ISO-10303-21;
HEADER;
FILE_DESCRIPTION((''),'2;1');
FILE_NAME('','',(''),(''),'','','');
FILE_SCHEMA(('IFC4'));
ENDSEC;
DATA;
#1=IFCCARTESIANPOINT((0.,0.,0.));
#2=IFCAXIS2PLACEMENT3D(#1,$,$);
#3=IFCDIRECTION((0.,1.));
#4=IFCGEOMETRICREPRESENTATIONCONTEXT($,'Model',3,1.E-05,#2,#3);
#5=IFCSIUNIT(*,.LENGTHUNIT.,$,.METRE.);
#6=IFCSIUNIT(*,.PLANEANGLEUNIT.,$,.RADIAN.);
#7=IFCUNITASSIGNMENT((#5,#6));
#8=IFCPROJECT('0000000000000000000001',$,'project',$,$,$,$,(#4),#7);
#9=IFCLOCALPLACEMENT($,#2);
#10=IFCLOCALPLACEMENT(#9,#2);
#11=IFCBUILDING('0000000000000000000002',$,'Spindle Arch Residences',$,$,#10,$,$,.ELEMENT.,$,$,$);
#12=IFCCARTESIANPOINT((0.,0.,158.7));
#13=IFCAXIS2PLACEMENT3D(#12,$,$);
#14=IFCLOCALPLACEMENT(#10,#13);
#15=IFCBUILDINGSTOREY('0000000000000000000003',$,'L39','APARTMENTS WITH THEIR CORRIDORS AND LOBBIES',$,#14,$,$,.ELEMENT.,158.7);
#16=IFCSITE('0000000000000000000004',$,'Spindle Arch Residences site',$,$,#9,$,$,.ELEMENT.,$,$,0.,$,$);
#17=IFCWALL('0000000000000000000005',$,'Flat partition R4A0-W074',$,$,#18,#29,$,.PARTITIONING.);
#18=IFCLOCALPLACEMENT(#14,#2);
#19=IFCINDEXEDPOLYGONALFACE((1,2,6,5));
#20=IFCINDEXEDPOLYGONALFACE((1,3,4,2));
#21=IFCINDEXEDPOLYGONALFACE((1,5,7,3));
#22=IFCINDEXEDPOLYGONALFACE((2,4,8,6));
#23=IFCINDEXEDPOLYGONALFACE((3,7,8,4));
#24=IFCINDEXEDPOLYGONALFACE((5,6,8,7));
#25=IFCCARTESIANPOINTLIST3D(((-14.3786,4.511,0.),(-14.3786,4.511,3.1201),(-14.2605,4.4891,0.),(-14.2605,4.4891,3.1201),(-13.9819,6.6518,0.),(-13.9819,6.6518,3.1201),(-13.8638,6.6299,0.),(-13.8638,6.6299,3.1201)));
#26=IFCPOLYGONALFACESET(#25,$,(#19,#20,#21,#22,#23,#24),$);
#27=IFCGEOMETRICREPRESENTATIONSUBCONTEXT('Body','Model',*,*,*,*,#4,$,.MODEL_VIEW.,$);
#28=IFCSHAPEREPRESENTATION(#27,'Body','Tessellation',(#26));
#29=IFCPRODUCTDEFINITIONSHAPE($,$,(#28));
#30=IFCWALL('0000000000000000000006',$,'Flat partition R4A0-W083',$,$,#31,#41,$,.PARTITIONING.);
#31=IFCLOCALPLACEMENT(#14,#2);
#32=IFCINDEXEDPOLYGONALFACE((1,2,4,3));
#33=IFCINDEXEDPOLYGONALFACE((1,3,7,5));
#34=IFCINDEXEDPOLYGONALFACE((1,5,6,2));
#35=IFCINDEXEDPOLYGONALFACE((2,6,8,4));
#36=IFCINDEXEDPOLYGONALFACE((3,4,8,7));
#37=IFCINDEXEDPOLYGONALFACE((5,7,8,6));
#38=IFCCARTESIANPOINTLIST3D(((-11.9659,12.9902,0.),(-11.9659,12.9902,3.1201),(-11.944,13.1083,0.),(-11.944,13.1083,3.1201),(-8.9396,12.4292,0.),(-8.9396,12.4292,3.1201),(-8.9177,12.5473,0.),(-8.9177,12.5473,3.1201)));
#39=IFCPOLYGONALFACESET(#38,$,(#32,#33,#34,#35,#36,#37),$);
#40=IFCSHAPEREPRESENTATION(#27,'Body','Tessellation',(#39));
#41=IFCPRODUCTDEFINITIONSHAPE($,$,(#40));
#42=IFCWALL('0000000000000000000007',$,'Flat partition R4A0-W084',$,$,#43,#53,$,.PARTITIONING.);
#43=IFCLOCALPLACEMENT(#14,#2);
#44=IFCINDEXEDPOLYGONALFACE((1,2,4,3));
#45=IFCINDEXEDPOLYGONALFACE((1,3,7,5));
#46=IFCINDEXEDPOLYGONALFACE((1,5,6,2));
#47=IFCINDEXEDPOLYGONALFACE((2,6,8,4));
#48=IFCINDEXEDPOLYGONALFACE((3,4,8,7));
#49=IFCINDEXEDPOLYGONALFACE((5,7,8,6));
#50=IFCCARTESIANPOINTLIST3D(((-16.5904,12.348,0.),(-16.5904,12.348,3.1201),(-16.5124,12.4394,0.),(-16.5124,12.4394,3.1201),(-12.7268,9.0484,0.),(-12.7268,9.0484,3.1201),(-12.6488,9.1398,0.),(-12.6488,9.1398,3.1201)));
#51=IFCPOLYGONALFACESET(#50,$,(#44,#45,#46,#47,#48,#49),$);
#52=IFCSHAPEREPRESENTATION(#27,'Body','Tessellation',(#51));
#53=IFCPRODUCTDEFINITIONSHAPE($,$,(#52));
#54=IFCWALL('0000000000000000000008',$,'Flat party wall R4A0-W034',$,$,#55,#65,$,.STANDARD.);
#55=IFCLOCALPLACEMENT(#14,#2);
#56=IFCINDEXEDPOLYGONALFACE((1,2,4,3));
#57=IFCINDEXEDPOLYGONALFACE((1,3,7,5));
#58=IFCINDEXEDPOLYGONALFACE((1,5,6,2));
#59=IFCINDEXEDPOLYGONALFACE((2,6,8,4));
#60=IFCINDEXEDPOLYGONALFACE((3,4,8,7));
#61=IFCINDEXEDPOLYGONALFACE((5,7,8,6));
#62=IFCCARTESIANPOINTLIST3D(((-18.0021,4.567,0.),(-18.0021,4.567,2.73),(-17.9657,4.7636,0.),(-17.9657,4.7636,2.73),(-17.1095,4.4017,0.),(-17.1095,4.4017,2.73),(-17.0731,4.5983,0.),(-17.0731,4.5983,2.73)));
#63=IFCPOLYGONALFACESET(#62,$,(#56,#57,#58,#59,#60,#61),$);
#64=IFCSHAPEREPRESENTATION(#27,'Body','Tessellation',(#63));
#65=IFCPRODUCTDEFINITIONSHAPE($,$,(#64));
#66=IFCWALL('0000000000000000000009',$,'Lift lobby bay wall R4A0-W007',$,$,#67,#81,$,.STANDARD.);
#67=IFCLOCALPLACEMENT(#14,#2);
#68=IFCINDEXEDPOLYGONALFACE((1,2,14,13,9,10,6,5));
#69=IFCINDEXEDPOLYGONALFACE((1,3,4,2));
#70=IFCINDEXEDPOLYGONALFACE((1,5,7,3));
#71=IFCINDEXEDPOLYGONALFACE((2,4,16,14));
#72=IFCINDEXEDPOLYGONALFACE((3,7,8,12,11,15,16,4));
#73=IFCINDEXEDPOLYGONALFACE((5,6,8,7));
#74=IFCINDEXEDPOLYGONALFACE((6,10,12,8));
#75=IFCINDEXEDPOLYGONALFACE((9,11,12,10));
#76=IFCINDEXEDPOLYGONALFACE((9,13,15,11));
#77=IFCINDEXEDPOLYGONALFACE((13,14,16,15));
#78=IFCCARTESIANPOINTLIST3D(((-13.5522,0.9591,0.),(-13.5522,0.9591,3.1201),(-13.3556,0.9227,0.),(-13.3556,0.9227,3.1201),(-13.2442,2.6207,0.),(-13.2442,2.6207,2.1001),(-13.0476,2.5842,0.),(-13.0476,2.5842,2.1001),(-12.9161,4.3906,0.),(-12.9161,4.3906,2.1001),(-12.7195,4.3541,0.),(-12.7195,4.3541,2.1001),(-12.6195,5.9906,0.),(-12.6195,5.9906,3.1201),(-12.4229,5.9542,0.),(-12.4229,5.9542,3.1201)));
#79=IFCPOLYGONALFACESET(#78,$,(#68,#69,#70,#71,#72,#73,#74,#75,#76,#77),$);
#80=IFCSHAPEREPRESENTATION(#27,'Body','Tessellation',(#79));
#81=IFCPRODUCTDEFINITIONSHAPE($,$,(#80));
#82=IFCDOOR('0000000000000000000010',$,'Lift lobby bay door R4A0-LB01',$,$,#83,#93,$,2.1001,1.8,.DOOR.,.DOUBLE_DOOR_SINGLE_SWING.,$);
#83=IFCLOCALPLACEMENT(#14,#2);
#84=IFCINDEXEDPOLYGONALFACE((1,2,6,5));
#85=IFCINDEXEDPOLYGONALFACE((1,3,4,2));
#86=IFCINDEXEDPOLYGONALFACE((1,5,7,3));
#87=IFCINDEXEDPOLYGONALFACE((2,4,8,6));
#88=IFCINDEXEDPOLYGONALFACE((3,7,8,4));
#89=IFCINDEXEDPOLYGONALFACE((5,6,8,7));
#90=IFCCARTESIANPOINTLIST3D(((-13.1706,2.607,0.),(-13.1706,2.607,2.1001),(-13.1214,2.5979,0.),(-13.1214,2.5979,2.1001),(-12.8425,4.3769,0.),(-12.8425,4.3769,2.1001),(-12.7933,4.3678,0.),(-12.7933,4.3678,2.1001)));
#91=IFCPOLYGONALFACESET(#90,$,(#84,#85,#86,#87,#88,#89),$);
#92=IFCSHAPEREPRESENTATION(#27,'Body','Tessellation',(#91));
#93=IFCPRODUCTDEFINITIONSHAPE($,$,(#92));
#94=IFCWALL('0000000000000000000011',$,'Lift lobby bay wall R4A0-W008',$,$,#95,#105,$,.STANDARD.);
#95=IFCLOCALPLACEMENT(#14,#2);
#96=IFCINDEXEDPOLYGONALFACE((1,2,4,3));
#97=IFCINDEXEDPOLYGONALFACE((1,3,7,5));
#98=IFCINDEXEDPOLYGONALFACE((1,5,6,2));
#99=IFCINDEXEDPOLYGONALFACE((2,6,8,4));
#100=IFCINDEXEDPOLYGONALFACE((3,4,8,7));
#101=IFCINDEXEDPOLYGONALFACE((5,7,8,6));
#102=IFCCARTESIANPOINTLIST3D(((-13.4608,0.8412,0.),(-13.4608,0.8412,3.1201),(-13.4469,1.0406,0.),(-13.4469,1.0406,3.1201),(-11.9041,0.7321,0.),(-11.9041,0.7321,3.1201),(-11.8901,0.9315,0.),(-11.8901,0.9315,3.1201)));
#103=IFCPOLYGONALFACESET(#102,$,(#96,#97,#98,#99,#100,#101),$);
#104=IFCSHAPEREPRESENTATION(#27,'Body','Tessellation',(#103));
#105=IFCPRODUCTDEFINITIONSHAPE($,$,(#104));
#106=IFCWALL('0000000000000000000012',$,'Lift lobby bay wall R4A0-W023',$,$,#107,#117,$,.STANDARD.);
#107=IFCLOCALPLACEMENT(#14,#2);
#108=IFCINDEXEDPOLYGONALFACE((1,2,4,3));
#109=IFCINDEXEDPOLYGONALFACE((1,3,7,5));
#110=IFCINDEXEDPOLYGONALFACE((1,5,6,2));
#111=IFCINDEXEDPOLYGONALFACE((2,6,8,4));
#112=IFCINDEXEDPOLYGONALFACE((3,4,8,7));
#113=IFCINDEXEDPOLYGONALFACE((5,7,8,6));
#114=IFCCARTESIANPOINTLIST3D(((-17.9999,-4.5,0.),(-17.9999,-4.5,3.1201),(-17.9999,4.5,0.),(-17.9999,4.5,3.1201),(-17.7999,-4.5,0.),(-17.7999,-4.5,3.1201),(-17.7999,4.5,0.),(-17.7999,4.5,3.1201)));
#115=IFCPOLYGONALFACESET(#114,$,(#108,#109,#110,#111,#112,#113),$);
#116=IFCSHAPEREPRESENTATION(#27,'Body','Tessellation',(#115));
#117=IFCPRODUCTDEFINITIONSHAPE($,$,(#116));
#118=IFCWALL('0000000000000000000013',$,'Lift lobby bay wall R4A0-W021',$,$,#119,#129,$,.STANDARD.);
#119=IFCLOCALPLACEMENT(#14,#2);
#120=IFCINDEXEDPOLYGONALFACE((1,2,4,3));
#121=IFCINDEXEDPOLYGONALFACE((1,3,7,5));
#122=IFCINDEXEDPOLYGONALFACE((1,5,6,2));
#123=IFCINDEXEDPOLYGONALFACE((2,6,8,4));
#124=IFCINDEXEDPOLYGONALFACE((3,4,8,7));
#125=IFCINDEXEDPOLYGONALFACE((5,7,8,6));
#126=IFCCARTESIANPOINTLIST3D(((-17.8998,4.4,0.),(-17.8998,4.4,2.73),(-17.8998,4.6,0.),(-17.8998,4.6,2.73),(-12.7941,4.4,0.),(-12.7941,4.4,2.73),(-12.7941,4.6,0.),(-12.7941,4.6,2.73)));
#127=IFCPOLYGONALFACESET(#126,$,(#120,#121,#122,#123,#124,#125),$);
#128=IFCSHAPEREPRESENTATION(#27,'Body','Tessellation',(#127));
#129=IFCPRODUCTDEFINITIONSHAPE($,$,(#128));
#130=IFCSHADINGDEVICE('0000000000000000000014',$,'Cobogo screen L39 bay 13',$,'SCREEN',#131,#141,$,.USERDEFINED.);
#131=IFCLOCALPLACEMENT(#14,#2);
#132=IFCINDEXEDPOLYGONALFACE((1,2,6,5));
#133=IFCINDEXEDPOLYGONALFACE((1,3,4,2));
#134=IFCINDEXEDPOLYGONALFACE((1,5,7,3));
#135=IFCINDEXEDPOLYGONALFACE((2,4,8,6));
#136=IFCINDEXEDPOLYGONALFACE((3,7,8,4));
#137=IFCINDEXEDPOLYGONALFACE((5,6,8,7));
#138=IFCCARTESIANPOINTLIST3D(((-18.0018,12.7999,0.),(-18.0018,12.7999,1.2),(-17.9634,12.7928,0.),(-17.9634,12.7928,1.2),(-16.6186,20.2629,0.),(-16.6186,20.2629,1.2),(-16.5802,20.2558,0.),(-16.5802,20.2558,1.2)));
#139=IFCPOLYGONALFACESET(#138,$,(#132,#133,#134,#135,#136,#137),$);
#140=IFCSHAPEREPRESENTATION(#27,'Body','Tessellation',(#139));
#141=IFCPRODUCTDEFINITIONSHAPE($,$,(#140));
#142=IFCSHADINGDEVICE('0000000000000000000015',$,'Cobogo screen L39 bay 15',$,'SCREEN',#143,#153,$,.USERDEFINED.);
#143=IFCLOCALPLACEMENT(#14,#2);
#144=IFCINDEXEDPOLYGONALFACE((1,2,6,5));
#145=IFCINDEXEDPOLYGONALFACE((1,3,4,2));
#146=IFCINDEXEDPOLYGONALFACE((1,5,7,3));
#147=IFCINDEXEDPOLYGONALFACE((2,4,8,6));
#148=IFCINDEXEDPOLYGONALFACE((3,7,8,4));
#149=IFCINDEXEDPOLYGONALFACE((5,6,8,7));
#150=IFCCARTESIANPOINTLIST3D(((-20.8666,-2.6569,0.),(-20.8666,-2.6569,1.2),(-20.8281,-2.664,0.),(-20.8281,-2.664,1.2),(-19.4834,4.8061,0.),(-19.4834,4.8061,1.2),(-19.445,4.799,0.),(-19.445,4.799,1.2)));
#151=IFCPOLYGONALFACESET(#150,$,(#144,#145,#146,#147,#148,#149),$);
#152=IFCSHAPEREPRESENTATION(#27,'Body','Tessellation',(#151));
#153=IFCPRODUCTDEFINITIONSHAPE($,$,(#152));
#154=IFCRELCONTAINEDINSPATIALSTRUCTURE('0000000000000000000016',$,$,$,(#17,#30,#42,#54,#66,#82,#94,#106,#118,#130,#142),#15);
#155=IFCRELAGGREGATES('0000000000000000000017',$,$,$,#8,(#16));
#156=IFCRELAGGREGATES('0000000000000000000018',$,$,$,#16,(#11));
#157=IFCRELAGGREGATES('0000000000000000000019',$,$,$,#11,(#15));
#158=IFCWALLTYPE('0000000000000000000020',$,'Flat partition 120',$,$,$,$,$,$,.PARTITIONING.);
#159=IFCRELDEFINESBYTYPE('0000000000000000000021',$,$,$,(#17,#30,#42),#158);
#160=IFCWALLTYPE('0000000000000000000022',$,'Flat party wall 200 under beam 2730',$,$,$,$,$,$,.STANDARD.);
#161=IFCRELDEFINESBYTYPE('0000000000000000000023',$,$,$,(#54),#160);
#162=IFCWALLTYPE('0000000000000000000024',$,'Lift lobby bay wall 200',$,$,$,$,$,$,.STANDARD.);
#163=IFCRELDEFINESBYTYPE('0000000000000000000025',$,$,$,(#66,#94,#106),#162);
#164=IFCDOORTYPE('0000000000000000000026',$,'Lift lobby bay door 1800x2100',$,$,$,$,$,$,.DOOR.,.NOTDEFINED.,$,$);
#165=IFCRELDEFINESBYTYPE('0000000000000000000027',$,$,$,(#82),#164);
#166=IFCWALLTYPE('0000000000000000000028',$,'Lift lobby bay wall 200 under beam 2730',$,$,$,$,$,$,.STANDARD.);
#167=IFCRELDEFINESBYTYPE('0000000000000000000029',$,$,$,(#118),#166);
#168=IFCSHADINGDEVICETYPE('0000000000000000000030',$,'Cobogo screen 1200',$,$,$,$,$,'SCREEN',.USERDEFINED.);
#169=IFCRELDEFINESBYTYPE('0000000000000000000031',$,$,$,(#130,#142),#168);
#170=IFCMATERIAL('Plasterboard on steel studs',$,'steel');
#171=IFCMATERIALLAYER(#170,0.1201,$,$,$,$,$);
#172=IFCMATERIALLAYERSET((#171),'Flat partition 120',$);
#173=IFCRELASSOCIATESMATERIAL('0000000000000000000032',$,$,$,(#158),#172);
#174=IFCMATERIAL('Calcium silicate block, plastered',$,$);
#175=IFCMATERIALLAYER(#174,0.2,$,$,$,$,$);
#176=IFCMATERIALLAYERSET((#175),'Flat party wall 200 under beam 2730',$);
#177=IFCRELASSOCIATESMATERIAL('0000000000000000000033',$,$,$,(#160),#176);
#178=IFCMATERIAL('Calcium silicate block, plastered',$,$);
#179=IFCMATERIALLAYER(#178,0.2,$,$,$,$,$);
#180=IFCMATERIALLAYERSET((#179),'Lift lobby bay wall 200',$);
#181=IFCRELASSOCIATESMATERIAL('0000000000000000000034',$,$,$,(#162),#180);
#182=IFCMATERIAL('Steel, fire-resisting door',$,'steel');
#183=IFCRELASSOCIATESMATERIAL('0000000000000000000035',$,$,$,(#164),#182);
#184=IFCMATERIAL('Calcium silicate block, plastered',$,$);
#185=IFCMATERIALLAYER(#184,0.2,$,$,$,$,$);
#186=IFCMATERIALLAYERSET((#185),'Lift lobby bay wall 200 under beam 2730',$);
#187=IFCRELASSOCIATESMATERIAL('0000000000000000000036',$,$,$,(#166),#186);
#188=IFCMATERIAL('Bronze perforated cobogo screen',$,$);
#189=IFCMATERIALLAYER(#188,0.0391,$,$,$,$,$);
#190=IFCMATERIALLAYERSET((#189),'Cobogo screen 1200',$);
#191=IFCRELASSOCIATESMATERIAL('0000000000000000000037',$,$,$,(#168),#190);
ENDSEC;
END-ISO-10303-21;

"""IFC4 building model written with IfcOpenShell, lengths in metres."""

from ifc_helpers import new_model, si_unit, direction, frame, frame_2d, origin, origin_2d, place, context, subcontext, project, spatial, rectangle, extrude, material, layer, layer_set, type_object, element, fill, save


model = new_model("IFC4")

# Units and contexts
model_context = context("Model", 3, precision=1e-05, world=origin(), true_north=direction((0.0, 1.0)))
body_context = subcontext(model_context, "Body", "Model", "MODEL_VIEW")
ifc_project = project(units=[si_unit("LENGTHUNIT", "METRE"), si_unit("PLANEANGLEUNIT", "RADIAN")], contexts=[model_context])

# Site, building, storey
site_placement = place(None, origin())
site = spatial("IfcSite", under=ifc_project, at=site_placement, Name="Spindle Arch Residences site", CompositionType="ELEMENT", RefElevation=0.0)
building_placement = place(site_placement, origin())
building = spatial("IfcBuilding", under=site, at=building_placement, Name="Spindle Arch Residences", CompositionType="ELEMENT")
storey_placement = place(building_placement, frame((0.0, 0.0, 158.7)))
storey = spatial("IfcBuildingStorey", under=building, at=storey_placement, Name="L39", Description="APARTMENTS WITH THEIR CORRIDORS AND LOBBIES", CompositionType="ELEMENT", Elevation=158.7)

# Walls
ifc_material_1 = material(Name="Plasterboard on steel studs", Category="steel")
ifc_layer_1 = layer(ifc_material_1, 0.1201)
ifc_layer_set_1 = layer_set([ifc_layer_1], Name="Flat partition 120")
wall_type_1 = type_object("IfcWallType", Name="Flat partition 120", PredefinedType="PARTITIONING", material=ifc_layer_set_1)
wall_1_placement = place(storey_placement, frame((-13.9229, 6.6409, 0.0), z_axis=(0.0, 0.0, 1.0), x_axis=(-0.18221, -0.98326, 0.0)))
element("IfcWall", 1, at=wall_1_placement, inside=storey, type_object=wall_type_1, Name="Flat partition R4A0-W074", PredefinedType="PARTITIONING", context=body_context, shape_type="SweptSolid", body=[
    extrude(rectangle(XDim=2.1772, YDim=0.1201, at=frame_2d((1.0886, 0.0))), origin(), (0.0, 0.0, 1.0), 3.1201),
])
wall_2_placement = place(storey_placement, frame((-11.9551, 13.0493, 0.0), z_axis=(0.0, 0.0, 1.0), x_axis=(0.983247, -0.182277, 0.0)))
element("IfcWall", 2, at=wall_2_placement, inside=storey, type_object=wall_type_1, Name="Flat partition R4A0-W083", PredefinedType="PARTITIONING", context=body_context, shape_type="SweptSolid", body=[
    extrude(rectangle(XDim=3.0779, YDim=0.1201, at=frame_2d((1.5391, 0.0))), origin(), (0.0, 0.0, 1.0), 3.1201),
])
wall_3_placement = place(storey_placement, frame((-16.5515, 12.3938, 0.0), z_axis=(0.0, 0.0, 1.0), x_axis=(0.760426, -0.649425, 0.0)))
element("IfcWall", 3, at=wall_3_placement, inside=storey, type_object=wall_type_1, Name="Flat partition R4A0-W084", PredefinedType="PARTITIONING", context=body_context, shape_type="SweptSolid", body=[
    extrude(rectangle(XDim=5.0808, YDim=0.1201, at=frame_2d((2.5405, 0.0))), origin(), (0.0, 0.0, 1.0), 3.1201),
])
ifc_material_2 = material(Name="Calcium silicate block, plastered")
ifc_layer_2 = layer(ifc_material_2, 0.2)
ifc_layer_set_2 = layer_set([ifc_layer_2], Name="Flat party wall 200 under beam 2730")
wall_type_2 = type_object("IfcWallType", Name="Flat party wall 200 under beam 2730", PredefinedType="STANDARD", material=ifc_layer_set_2)
wall_4_placement = place(storey_placement, frame((-17.9839, 4.6653, 0.0), z_axis=(0.0, 0.0, 1.0), x_axis=(0.983284, -0.18208, 0.0)))
element("IfcWall", 4, at=wall_4_placement, inside=storey, type_object=wall_type_2, Name="Flat party wall R4A0-W034", PredefinedType="STANDARD", context=body_context, shape_type="SweptSolid", body=[
    extrude(rectangle(XDim=0.9077, YDim=0.2, at=frame_2d((0.4539, 0.0))), origin(), (0.0, 0.0, 1.0), 2.73),
])

# Wall, opening, door
ifc_material_3 = material(Name="Calcium silicate block, plastered")
ifc_layer_3 = layer(ifc_material_3, 0.2)
ifc_layer_set_3 = layer_set([ifc_layer_3], Name="Lift lobby bay wall 200")
wall_type_3 = type_object("IfcWallType", Name="Lift lobby bay wall 200", PredefinedType="STANDARD", material=ifc_layer_set_3)
wall_5_placement = place(storey_placement, frame((-12.5212, 5.9724, 0.0), z_axis=(0.0, 0.0, 1.0), x_axis=(-0.182252, -0.983252, 0.0)))
wall_5 = element("IfcWall", 5, at=wall_5_placement, inside=storey, type_object=wall_type_3, Name="Lift lobby bay wall R4A0-W007", PredefinedType="STANDARD", context=body_context, shape_type="SweptSolid", body=[
    extrude(rectangle(XDim=5.1172, YDim=0.2, at=frame_2d((2.5586, 0.0))), origin(), (0.0, 0.0, 1.0), 3.1201),
])
opening_1_placement = place(wall_5_placement, frame((1.6274, 0.0, 0.0)))
opening_1 = element("IfcOpeningElement", 6, at=opening_1_placement, cuts=wall_5, PredefinedType="OPENING", context=body_context, shape_type="SweptSolid", body=[
    extrude(rectangle(XDim=1.8, YDim=2.1001, at=frame_2d((0.8999, 1.05))), frame((0.0, 0.1099, 0.0), z_axis=(0.0, -1.0, 0.0), x_axis=(1.0, 0.0, 0.0)), (0.0, 0.0, 1.0), 0.22),
])
ifc_material_4 = material(Name="Steel, fire-resisting door", Category="steel")
door_type_1 = type_object("IfcDoorType", Name="Lift lobby bay door 1800x2100", OperationType="NOTDEFINED", PredefinedType="DOOR", material=ifc_material_4)
door_1_placement = place(opening_1_placement, origin())
door_1 = element("IfcDoor", 7, at=door_1_placement, inside=storey, type_object=door_type_1, Name="Lift lobby bay door R4A0-LB01", OperationType="DOUBLE_DOOR_SINGLE_SWING", OverallHeight=2.1001, OverallWidth=1.8, PredefinedType="DOOR", context=body_context, shape_type="SweptSolid", body=[
    extrude(rectangle(XDim=1.8, YDim=2.1001, at=frame_2d((0.8999, 1.05))), frame((0.0, 0.0249, 0.0), z_axis=(0.0, -1.0, 0.0), x_axis=(1.0, 0.0, 0.0)), (0.0, 0.0, 1.0), 0.05),
])
fill(opening_1, door_1)

# Walls
wall_6_placement = place(storey_placement, frame((-13.4539, 0.9409, 0.0), z_axis=(0.0, 0.0, 1.0), x_axis=(0.997552, -0.069935, 0.0)))
element("IfcWall", 8, at=wall_6_placement, inside=storey, type_object=wall_type_3, Name="Lift lobby bay wall R4A0-W008", PredefinedType="STANDARD", context=body_context, shape_type="SweptSolid", body=[
    extrude(rectangle(XDim=1.5605, YDim=0.2, at=frame_2d((0.7803, 0.0))), origin(), (0.0, 0.0, 1.0), 3.1201),
])
wall_7_placement = place(storey_placement, frame((-17.8999, 4.5, 0.0), z_axis=(0.0, 0.0, 1.0), x_axis=(0.0, -1.0, 0.0)))
element("IfcWall", 9, at=wall_7_placement, inside=storey, type_object=wall_type_3, Name="Lift lobby bay wall R4A0-W023", PredefinedType="STANDARD", context=body_context, shape_type="SweptSolid", body=[
    extrude(rectangle(XDim=9.0, YDim=0.2, at=frame_2d((4.5, 0.0))), origin(), (0.0, 0.0, 1.0), 3.1201),
])
ifc_material_5 = material(Name="Calcium silicate block, plastered")
ifc_layer_4 = layer(ifc_material_5, 0.2)
ifc_layer_set_4 = layer_set([ifc_layer_4], Name="Lift lobby bay wall 200 under beam 2730")
wall_type_4 = type_object("IfcWallType", Name="Lift lobby bay wall 200 under beam 2730", PredefinedType="STANDARD", material=ifc_layer_set_4)
wall_8_placement = place(storey_placement, frame((-12.7942, 4.5, 0.0), z_axis=(0.0, 0.0, 1.0), x_axis=(-1.0, 0.0, 0.0)))
element("IfcWall", 10, at=wall_8_placement, inside=storey, type_object=wall_type_4, Name="Lift lobby bay wall R4A0-W021", PredefinedType="STANDARD", context=body_context, shape_type="SweptSolid", body=[
    extrude(rectangle(XDim=5.1057, YDim=0.2, at=frame_2d((2.5527, 0.0))), origin(), (0.0, 0.0, 1.0), 2.73),
])

# Shading devices
ifc_material_6 = material(Name="Bronze perforated cobogo screen")
ifc_layer_5 = layer(ifc_material_6, 0.0391)
ifc_layer_set_5 = layer_set([ifc_layer_5], Name="Cobogo screen 1200")
shading_device_type = type_object("IfcShadingDeviceType", Name="Cobogo screen 1200", ElementType="SCREEN", PredefinedType="USERDEFINED", material=ifc_layer_set_5)
for number, where, z_axis, x_axis, name in (
    (11, (-17.291, 16.5278, 0.0), (0.0, 0.0, 1.0), (-0.182236, -0.983255, 0.0), "Cobogo screen L39 bay 13"),
    (12, (-20.1558, 1.071, 0.0), (0.0, 0.0, 1.0), (-0.182236, -0.983255, 0.0), "Cobogo screen L39 bay 15"),
):
    element("IfcShadingDevice", number, at=place(storey_placement, frame(where, z_axis=z_axis, x_axis=x_axis)), inside=storey, type_object=shading_device_type, Name=name, ObjectType="SCREEN", PredefinedType="USERDEFINED", context=body_context, shape_type="SweptSolid", body=[
        extrude(rectangle(XDim=7.5901, YDim=0.0391, at=origin_2d()), origin(), (0.0, 0.0, 1.0), 1.2),
    ])

save(model, "model.ifc")
